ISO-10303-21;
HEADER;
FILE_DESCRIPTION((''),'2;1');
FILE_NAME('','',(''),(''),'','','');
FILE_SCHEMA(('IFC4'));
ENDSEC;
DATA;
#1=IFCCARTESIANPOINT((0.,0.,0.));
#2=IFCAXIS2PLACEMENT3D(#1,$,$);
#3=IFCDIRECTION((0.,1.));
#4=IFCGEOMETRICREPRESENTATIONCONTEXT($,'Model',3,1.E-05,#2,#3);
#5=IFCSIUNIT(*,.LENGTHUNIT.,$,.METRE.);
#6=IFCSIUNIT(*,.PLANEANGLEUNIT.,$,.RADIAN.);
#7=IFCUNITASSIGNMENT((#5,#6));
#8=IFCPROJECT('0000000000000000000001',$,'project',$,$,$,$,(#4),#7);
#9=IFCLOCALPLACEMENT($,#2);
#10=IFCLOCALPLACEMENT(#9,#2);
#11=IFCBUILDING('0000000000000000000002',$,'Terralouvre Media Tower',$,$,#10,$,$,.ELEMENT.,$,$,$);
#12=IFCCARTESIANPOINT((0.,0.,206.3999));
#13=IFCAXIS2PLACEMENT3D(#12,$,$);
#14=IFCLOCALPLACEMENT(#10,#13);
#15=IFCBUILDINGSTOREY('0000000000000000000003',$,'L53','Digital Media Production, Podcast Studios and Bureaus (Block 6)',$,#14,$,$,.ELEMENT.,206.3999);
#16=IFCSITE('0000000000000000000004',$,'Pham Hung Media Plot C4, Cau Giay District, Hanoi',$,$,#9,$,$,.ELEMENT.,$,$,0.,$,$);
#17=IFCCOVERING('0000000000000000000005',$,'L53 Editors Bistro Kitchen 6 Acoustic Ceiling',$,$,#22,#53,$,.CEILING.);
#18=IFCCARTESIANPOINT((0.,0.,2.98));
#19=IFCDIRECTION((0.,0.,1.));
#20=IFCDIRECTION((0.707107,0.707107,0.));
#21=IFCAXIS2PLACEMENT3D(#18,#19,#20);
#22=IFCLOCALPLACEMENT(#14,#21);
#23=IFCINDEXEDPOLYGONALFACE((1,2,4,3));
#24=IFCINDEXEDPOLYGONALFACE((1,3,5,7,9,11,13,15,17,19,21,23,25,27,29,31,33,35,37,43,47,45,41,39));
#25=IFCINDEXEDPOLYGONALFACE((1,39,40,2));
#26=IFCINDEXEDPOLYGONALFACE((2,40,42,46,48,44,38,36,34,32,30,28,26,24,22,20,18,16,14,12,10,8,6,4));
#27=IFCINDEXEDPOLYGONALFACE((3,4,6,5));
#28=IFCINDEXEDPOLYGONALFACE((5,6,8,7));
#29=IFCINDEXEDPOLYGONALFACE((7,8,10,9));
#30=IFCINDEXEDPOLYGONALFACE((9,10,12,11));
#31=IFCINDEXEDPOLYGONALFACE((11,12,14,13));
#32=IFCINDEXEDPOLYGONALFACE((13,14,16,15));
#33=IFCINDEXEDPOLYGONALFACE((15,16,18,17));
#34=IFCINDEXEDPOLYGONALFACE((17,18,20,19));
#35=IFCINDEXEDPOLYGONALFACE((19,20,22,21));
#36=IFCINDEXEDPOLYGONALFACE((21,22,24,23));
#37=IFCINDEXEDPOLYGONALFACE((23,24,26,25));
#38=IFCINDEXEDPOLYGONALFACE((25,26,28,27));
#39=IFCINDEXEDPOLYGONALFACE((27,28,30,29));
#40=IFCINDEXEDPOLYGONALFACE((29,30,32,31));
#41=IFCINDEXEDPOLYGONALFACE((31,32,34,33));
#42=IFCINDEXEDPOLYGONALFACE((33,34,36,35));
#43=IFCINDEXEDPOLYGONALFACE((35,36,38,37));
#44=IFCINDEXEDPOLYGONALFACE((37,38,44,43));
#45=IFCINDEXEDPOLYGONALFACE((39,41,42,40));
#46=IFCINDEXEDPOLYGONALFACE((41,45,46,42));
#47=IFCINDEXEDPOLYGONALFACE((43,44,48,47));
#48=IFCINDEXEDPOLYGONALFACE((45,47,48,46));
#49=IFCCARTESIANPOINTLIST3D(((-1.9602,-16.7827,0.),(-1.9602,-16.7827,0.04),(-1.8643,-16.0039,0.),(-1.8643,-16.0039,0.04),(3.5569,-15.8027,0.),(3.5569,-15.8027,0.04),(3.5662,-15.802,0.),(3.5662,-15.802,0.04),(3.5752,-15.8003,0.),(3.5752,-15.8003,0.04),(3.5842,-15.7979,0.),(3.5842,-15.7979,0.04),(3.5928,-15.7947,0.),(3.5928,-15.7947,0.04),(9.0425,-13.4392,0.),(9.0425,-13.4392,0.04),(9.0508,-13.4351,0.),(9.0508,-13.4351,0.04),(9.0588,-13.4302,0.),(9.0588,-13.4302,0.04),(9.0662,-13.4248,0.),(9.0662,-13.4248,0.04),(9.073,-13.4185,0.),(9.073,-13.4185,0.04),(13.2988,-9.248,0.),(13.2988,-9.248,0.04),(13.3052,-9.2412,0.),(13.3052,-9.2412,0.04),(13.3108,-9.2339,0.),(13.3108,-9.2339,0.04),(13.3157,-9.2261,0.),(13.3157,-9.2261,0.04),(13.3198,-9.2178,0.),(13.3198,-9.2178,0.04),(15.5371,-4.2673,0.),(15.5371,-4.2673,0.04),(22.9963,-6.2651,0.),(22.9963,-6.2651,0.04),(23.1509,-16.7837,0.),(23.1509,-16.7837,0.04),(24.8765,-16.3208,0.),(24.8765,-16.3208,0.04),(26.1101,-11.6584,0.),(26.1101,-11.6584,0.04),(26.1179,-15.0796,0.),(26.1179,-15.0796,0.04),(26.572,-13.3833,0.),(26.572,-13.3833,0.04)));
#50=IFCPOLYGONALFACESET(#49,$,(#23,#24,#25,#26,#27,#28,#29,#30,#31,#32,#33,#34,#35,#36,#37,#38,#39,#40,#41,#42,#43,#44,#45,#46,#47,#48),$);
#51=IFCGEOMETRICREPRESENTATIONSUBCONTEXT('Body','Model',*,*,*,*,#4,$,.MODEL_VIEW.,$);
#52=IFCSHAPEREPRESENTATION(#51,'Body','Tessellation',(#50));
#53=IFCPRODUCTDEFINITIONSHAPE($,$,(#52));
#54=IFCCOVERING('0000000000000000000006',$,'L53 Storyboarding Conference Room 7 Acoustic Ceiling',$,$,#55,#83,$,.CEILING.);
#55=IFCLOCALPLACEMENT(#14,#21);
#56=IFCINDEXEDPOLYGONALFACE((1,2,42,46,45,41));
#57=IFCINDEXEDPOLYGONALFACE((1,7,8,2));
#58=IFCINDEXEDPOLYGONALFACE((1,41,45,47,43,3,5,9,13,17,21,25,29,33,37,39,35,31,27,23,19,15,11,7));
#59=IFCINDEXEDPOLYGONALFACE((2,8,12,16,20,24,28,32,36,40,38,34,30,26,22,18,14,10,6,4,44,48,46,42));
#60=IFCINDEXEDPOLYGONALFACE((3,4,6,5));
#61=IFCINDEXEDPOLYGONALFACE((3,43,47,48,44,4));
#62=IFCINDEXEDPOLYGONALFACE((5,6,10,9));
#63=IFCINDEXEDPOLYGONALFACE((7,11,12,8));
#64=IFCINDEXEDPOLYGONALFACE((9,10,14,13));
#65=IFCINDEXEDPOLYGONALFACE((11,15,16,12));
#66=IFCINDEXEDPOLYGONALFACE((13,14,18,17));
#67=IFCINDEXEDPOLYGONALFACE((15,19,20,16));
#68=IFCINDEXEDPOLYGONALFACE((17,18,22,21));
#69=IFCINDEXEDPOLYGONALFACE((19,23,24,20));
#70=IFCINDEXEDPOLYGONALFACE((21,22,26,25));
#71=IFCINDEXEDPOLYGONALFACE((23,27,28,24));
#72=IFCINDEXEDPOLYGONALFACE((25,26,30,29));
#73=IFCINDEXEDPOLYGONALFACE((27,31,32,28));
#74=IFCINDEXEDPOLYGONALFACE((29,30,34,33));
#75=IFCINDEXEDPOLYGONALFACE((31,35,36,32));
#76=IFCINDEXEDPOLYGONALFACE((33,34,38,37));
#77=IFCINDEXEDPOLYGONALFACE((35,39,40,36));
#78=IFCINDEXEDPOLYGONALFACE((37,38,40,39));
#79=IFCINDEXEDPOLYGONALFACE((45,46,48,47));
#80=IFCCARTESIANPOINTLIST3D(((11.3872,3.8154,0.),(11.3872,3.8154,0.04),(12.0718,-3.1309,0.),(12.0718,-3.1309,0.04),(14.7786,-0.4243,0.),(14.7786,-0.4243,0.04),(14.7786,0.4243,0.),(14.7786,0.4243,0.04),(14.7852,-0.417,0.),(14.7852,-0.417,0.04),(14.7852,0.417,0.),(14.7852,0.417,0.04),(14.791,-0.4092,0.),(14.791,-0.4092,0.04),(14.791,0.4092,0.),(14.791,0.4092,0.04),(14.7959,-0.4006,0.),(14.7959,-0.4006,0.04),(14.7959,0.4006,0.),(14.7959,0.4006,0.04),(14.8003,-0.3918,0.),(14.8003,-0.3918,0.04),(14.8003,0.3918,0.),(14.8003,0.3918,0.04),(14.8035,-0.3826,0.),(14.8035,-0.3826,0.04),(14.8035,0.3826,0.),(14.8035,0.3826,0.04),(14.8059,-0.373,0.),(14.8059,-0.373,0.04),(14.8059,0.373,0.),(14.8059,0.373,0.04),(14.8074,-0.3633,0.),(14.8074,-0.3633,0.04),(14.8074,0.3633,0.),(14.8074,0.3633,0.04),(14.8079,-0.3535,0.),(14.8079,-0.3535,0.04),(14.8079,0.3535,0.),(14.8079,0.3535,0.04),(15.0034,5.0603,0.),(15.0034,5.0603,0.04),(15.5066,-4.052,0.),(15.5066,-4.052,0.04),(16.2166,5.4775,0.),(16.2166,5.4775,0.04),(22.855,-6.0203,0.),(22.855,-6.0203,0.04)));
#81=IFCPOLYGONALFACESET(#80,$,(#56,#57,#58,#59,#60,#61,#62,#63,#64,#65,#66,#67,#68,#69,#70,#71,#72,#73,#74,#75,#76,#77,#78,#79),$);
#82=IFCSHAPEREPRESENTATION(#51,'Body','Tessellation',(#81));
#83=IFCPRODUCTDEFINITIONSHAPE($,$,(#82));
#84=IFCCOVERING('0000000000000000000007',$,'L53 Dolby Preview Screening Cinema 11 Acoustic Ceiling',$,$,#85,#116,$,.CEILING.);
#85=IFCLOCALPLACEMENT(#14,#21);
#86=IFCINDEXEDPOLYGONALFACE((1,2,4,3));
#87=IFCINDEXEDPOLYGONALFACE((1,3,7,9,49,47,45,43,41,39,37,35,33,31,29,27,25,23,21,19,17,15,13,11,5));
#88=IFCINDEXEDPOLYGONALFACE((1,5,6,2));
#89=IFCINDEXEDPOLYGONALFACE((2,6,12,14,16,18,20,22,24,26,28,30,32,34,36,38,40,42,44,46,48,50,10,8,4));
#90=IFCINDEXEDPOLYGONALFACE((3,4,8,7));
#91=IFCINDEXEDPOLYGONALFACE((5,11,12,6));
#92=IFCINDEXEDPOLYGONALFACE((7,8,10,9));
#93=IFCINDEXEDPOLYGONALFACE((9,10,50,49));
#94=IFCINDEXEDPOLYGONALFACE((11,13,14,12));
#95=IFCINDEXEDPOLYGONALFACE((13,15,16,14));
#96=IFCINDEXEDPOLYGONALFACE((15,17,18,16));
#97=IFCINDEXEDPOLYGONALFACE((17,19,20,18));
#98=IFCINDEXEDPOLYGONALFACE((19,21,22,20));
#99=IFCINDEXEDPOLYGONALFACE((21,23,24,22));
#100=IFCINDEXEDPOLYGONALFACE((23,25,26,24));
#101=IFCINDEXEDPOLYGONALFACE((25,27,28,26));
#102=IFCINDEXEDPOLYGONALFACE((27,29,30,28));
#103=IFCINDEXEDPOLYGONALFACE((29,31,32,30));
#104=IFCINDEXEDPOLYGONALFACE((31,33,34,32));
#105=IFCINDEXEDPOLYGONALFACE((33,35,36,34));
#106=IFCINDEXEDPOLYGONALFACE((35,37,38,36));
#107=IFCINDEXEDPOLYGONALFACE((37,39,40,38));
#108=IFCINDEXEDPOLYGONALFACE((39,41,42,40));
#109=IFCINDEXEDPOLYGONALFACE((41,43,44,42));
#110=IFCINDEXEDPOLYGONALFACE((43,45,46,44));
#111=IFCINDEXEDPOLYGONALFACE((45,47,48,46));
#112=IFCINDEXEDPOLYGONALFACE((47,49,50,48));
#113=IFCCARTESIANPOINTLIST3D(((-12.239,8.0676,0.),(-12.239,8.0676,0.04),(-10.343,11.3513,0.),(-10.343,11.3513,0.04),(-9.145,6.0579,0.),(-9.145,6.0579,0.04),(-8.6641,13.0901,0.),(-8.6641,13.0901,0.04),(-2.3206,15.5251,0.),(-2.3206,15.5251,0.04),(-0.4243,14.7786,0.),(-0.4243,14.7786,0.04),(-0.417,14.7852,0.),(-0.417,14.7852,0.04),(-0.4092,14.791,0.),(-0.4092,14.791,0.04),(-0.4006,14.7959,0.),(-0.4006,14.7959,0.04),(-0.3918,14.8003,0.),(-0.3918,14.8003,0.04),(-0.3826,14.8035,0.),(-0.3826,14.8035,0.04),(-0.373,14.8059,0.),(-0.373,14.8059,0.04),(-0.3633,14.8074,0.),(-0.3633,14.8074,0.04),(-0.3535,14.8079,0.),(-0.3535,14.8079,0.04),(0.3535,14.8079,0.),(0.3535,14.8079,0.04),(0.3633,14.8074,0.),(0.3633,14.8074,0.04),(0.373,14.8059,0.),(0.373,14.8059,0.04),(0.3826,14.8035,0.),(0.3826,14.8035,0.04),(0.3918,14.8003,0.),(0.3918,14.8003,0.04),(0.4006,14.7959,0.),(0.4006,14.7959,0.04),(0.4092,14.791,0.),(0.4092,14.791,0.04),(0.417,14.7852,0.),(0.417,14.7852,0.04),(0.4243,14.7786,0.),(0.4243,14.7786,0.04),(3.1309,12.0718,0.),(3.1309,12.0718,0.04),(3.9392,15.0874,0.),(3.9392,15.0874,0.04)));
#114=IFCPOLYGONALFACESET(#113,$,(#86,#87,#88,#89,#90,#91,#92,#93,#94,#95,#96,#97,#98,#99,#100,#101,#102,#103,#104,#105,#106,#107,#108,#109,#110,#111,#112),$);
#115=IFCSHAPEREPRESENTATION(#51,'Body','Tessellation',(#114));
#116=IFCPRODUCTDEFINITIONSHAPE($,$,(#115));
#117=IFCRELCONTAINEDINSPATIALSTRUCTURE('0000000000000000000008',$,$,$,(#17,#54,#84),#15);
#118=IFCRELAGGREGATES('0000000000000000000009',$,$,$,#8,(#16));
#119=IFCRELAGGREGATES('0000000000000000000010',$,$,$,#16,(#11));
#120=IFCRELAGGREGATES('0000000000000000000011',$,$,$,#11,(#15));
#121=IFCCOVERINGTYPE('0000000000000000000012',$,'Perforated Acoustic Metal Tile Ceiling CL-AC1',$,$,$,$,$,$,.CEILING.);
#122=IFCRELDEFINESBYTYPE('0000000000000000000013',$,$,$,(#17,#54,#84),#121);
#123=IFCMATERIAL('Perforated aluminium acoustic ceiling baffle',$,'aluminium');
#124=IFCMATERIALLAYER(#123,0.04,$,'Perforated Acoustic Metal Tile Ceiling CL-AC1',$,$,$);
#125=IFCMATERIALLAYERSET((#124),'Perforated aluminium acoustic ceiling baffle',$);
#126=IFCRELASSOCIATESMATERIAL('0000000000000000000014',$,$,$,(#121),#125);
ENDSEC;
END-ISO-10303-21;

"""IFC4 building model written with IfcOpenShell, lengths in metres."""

from ifc_helpers import new_model, si_unit, direction, frame, origin, place, context, subcontext, project, spatial, polyline, outline, extrude, material, layer, layer_set, type_object, element, save


model = new_model("IFC4")

# Units and contexts
model_context = context("Model", 3, precision=1e-05, world=origin(), true_north=direction((0.0, 1.0)))
body_context = subcontext(model_context, "Body", "Model", "MODEL_VIEW")
ifc_project = project(units=[si_unit("LENGTHUNIT", "METRE"), si_unit("PLANEANGLEUNIT", "RADIAN")], contexts=[model_context])

# Site, building, storey
site_placement = place(None, origin())
site = spatial("IfcSite", under=ifc_project, at=site_placement, Name="Pham Hung Media Plot C4, Cau Giay District, Hanoi", CompositionType="ELEMENT", RefElevation=0.0)
building_placement = place(site_placement, origin())
building = spatial("IfcBuilding", under=site, at=building_placement, Name="Terralouvre Media Tower", CompositionType="ELEMENT")
storey_placement = place(building_placement, frame((0.0, 0.0, 206.3999)))
storey = spatial("IfcBuildingStorey", under=building, at=storey_placement, Name="L53", Description="Digital Media Production, Podcast Studios and Bureaus (Block 6)", CompositionType="ELEMENT", Elevation=206.3999)

# Coverings
ifc_material_1 = material(Name="Perforated aluminium acoustic ceiling baffle", Category="aluminium")
ifc_layer_1 = layer(ifc_material_1, 0.04, Name="Perforated Acoustic Metal Tile Ceiling CL-AC1")
ifc_layer_set_1 = layer_set([ifc_layer_1], Name="Perforated aluminium acoustic ceiling baffle")
covering_type = type_object("IfcCoveringType", Name="Perforated Acoustic Metal Tile Ceiling CL-AC1", PredefinedType="CEILING", material=ifc_layer_set_1)
covering_1_placement = place(storey_placement, frame((0.0, 0.0, 2.98), z_axis=(0.0, 0.0, 1.0), x_axis=(0.707107, 0.707107, 0.0)))
element("IfcCovering", 1, at=covering_1_placement, inside=storey, type_object=covering_type, Name="L53 Editors Bistro Kitchen 6 Acoustic Ceiling", PredefinedType="CEILING", context=body_context, shape_type="SweptSolid", body=[
    extrude(outline(polyline([(13.3198, -9.2178), (13.3157, -9.2261), (13.3108, -9.2339), (13.3052, -9.2412), (13.2988, -9.248), (9.073, -13.4185), (9.0662, -13.4248), (9.0588, -13.4302), (9.0508, -13.4351), (9.0425, -13.4392), (3.5928, -15.7947), (3.5842, -15.7979), (3.5752, -15.8003), (3.5662, -15.802), (3.5569, -15.8027), (-1.8643, -16.0039), (-1.9602, -16.7827), (23.1509, -16.7837), (24.8765, -16.3208), (26.1179, -15.0796), (26.572, -13.3833), (26.1101, -11.6584), (22.9963, -6.2651), (15.5371, -4.2673), (13.3198, -9.2178)])), origin(), (0.0, 0.0, 1.0), 0.04),
])
covering_2_placement = place(storey_placement, frame((0.0, 0.0, 2.98), z_axis=(0.0, 0.0, 1.0), x_axis=(0.707107, 0.707107, 0.0)))
element("IfcCovering", 2, at=covering_2_placement, inside=storey, type_object=covering_type, Name="L53 Storyboarding Conference Room 7 Acoustic Ceiling", PredefinedType="CEILING", context=body_context, shape_type="SweptSolid", body=[
    extrude(outline(polyline([(11.3872, 3.8154), (14.7786, 0.4243), (14.7852, 0.417), (14.791, 0.4092), (14.7959, 0.4006), (14.8003, 0.3918), (14.8035, 0.3826), (14.8059, 0.373), (14.8074, 0.3633), (14.8079, 0.3535), (14.8079, -0.3535), (14.8074, -0.3633), (14.8059, -0.373), (14.8035, -0.3826), (14.8003, -0.3918), (14.7959, -0.4006), (14.791, -0.4092), (14.7852, -0.417), (14.7786, -0.4243), (12.0718, -3.1309), (15.5066, -4.052), (22.855, -6.0203), (16.2166, 5.4775), (15.0034, 5.0603), (11.3872, 3.8154)])), origin(), (0.0, 0.0, 1.0), 0.04),
])
covering_3_placement = place(storey_placement, frame((0.0, 0.0, 2.98), z_axis=(0.0, 0.0, 1.0), x_axis=(0.707107, 0.707107, 0.0)))
element("IfcCovering", 3, at=covering_3_placement, inside=storey, type_object=covering_type, Name="L53 Dolby Preview Screening Cinema 11 Acoustic Ceiling", PredefinedType="CEILING", context=body_context, shape_type="SweptSolid", body=[
    extrude(outline(polyline([(-0.4243, 14.7786), (-0.417, 14.7852), (-0.4092, 14.791), (-0.4006, 14.7959), (-0.3918, 14.8003), (-0.3826, 14.8035), (-0.373, 14.8059), (-0.3633, 14.8074), (-0.3535, 14.8079), (0.3535, 14.8079), (0.3633, 14.8074), (0.373, 14.8059), (0.3826, 14.8035), (0.3918, 14.8003), (0.4006, 14.7959), (0.4092, 14.791), (0.417, 14.7852), (0.4243, 14.7786), (3.1309, 12.0718), (3.9392, 15.0874), (-2.3206, 15.5251), (-8.6641, 13.0901), (-10.343, 11.3513), (-12.239, 8.0676), (-9.145, 6.0579), (-0.4243, 14.7786)])), origin(), (0.0, 0.0, 1.0), 0.04),
])

save(model, "model.ifc")
